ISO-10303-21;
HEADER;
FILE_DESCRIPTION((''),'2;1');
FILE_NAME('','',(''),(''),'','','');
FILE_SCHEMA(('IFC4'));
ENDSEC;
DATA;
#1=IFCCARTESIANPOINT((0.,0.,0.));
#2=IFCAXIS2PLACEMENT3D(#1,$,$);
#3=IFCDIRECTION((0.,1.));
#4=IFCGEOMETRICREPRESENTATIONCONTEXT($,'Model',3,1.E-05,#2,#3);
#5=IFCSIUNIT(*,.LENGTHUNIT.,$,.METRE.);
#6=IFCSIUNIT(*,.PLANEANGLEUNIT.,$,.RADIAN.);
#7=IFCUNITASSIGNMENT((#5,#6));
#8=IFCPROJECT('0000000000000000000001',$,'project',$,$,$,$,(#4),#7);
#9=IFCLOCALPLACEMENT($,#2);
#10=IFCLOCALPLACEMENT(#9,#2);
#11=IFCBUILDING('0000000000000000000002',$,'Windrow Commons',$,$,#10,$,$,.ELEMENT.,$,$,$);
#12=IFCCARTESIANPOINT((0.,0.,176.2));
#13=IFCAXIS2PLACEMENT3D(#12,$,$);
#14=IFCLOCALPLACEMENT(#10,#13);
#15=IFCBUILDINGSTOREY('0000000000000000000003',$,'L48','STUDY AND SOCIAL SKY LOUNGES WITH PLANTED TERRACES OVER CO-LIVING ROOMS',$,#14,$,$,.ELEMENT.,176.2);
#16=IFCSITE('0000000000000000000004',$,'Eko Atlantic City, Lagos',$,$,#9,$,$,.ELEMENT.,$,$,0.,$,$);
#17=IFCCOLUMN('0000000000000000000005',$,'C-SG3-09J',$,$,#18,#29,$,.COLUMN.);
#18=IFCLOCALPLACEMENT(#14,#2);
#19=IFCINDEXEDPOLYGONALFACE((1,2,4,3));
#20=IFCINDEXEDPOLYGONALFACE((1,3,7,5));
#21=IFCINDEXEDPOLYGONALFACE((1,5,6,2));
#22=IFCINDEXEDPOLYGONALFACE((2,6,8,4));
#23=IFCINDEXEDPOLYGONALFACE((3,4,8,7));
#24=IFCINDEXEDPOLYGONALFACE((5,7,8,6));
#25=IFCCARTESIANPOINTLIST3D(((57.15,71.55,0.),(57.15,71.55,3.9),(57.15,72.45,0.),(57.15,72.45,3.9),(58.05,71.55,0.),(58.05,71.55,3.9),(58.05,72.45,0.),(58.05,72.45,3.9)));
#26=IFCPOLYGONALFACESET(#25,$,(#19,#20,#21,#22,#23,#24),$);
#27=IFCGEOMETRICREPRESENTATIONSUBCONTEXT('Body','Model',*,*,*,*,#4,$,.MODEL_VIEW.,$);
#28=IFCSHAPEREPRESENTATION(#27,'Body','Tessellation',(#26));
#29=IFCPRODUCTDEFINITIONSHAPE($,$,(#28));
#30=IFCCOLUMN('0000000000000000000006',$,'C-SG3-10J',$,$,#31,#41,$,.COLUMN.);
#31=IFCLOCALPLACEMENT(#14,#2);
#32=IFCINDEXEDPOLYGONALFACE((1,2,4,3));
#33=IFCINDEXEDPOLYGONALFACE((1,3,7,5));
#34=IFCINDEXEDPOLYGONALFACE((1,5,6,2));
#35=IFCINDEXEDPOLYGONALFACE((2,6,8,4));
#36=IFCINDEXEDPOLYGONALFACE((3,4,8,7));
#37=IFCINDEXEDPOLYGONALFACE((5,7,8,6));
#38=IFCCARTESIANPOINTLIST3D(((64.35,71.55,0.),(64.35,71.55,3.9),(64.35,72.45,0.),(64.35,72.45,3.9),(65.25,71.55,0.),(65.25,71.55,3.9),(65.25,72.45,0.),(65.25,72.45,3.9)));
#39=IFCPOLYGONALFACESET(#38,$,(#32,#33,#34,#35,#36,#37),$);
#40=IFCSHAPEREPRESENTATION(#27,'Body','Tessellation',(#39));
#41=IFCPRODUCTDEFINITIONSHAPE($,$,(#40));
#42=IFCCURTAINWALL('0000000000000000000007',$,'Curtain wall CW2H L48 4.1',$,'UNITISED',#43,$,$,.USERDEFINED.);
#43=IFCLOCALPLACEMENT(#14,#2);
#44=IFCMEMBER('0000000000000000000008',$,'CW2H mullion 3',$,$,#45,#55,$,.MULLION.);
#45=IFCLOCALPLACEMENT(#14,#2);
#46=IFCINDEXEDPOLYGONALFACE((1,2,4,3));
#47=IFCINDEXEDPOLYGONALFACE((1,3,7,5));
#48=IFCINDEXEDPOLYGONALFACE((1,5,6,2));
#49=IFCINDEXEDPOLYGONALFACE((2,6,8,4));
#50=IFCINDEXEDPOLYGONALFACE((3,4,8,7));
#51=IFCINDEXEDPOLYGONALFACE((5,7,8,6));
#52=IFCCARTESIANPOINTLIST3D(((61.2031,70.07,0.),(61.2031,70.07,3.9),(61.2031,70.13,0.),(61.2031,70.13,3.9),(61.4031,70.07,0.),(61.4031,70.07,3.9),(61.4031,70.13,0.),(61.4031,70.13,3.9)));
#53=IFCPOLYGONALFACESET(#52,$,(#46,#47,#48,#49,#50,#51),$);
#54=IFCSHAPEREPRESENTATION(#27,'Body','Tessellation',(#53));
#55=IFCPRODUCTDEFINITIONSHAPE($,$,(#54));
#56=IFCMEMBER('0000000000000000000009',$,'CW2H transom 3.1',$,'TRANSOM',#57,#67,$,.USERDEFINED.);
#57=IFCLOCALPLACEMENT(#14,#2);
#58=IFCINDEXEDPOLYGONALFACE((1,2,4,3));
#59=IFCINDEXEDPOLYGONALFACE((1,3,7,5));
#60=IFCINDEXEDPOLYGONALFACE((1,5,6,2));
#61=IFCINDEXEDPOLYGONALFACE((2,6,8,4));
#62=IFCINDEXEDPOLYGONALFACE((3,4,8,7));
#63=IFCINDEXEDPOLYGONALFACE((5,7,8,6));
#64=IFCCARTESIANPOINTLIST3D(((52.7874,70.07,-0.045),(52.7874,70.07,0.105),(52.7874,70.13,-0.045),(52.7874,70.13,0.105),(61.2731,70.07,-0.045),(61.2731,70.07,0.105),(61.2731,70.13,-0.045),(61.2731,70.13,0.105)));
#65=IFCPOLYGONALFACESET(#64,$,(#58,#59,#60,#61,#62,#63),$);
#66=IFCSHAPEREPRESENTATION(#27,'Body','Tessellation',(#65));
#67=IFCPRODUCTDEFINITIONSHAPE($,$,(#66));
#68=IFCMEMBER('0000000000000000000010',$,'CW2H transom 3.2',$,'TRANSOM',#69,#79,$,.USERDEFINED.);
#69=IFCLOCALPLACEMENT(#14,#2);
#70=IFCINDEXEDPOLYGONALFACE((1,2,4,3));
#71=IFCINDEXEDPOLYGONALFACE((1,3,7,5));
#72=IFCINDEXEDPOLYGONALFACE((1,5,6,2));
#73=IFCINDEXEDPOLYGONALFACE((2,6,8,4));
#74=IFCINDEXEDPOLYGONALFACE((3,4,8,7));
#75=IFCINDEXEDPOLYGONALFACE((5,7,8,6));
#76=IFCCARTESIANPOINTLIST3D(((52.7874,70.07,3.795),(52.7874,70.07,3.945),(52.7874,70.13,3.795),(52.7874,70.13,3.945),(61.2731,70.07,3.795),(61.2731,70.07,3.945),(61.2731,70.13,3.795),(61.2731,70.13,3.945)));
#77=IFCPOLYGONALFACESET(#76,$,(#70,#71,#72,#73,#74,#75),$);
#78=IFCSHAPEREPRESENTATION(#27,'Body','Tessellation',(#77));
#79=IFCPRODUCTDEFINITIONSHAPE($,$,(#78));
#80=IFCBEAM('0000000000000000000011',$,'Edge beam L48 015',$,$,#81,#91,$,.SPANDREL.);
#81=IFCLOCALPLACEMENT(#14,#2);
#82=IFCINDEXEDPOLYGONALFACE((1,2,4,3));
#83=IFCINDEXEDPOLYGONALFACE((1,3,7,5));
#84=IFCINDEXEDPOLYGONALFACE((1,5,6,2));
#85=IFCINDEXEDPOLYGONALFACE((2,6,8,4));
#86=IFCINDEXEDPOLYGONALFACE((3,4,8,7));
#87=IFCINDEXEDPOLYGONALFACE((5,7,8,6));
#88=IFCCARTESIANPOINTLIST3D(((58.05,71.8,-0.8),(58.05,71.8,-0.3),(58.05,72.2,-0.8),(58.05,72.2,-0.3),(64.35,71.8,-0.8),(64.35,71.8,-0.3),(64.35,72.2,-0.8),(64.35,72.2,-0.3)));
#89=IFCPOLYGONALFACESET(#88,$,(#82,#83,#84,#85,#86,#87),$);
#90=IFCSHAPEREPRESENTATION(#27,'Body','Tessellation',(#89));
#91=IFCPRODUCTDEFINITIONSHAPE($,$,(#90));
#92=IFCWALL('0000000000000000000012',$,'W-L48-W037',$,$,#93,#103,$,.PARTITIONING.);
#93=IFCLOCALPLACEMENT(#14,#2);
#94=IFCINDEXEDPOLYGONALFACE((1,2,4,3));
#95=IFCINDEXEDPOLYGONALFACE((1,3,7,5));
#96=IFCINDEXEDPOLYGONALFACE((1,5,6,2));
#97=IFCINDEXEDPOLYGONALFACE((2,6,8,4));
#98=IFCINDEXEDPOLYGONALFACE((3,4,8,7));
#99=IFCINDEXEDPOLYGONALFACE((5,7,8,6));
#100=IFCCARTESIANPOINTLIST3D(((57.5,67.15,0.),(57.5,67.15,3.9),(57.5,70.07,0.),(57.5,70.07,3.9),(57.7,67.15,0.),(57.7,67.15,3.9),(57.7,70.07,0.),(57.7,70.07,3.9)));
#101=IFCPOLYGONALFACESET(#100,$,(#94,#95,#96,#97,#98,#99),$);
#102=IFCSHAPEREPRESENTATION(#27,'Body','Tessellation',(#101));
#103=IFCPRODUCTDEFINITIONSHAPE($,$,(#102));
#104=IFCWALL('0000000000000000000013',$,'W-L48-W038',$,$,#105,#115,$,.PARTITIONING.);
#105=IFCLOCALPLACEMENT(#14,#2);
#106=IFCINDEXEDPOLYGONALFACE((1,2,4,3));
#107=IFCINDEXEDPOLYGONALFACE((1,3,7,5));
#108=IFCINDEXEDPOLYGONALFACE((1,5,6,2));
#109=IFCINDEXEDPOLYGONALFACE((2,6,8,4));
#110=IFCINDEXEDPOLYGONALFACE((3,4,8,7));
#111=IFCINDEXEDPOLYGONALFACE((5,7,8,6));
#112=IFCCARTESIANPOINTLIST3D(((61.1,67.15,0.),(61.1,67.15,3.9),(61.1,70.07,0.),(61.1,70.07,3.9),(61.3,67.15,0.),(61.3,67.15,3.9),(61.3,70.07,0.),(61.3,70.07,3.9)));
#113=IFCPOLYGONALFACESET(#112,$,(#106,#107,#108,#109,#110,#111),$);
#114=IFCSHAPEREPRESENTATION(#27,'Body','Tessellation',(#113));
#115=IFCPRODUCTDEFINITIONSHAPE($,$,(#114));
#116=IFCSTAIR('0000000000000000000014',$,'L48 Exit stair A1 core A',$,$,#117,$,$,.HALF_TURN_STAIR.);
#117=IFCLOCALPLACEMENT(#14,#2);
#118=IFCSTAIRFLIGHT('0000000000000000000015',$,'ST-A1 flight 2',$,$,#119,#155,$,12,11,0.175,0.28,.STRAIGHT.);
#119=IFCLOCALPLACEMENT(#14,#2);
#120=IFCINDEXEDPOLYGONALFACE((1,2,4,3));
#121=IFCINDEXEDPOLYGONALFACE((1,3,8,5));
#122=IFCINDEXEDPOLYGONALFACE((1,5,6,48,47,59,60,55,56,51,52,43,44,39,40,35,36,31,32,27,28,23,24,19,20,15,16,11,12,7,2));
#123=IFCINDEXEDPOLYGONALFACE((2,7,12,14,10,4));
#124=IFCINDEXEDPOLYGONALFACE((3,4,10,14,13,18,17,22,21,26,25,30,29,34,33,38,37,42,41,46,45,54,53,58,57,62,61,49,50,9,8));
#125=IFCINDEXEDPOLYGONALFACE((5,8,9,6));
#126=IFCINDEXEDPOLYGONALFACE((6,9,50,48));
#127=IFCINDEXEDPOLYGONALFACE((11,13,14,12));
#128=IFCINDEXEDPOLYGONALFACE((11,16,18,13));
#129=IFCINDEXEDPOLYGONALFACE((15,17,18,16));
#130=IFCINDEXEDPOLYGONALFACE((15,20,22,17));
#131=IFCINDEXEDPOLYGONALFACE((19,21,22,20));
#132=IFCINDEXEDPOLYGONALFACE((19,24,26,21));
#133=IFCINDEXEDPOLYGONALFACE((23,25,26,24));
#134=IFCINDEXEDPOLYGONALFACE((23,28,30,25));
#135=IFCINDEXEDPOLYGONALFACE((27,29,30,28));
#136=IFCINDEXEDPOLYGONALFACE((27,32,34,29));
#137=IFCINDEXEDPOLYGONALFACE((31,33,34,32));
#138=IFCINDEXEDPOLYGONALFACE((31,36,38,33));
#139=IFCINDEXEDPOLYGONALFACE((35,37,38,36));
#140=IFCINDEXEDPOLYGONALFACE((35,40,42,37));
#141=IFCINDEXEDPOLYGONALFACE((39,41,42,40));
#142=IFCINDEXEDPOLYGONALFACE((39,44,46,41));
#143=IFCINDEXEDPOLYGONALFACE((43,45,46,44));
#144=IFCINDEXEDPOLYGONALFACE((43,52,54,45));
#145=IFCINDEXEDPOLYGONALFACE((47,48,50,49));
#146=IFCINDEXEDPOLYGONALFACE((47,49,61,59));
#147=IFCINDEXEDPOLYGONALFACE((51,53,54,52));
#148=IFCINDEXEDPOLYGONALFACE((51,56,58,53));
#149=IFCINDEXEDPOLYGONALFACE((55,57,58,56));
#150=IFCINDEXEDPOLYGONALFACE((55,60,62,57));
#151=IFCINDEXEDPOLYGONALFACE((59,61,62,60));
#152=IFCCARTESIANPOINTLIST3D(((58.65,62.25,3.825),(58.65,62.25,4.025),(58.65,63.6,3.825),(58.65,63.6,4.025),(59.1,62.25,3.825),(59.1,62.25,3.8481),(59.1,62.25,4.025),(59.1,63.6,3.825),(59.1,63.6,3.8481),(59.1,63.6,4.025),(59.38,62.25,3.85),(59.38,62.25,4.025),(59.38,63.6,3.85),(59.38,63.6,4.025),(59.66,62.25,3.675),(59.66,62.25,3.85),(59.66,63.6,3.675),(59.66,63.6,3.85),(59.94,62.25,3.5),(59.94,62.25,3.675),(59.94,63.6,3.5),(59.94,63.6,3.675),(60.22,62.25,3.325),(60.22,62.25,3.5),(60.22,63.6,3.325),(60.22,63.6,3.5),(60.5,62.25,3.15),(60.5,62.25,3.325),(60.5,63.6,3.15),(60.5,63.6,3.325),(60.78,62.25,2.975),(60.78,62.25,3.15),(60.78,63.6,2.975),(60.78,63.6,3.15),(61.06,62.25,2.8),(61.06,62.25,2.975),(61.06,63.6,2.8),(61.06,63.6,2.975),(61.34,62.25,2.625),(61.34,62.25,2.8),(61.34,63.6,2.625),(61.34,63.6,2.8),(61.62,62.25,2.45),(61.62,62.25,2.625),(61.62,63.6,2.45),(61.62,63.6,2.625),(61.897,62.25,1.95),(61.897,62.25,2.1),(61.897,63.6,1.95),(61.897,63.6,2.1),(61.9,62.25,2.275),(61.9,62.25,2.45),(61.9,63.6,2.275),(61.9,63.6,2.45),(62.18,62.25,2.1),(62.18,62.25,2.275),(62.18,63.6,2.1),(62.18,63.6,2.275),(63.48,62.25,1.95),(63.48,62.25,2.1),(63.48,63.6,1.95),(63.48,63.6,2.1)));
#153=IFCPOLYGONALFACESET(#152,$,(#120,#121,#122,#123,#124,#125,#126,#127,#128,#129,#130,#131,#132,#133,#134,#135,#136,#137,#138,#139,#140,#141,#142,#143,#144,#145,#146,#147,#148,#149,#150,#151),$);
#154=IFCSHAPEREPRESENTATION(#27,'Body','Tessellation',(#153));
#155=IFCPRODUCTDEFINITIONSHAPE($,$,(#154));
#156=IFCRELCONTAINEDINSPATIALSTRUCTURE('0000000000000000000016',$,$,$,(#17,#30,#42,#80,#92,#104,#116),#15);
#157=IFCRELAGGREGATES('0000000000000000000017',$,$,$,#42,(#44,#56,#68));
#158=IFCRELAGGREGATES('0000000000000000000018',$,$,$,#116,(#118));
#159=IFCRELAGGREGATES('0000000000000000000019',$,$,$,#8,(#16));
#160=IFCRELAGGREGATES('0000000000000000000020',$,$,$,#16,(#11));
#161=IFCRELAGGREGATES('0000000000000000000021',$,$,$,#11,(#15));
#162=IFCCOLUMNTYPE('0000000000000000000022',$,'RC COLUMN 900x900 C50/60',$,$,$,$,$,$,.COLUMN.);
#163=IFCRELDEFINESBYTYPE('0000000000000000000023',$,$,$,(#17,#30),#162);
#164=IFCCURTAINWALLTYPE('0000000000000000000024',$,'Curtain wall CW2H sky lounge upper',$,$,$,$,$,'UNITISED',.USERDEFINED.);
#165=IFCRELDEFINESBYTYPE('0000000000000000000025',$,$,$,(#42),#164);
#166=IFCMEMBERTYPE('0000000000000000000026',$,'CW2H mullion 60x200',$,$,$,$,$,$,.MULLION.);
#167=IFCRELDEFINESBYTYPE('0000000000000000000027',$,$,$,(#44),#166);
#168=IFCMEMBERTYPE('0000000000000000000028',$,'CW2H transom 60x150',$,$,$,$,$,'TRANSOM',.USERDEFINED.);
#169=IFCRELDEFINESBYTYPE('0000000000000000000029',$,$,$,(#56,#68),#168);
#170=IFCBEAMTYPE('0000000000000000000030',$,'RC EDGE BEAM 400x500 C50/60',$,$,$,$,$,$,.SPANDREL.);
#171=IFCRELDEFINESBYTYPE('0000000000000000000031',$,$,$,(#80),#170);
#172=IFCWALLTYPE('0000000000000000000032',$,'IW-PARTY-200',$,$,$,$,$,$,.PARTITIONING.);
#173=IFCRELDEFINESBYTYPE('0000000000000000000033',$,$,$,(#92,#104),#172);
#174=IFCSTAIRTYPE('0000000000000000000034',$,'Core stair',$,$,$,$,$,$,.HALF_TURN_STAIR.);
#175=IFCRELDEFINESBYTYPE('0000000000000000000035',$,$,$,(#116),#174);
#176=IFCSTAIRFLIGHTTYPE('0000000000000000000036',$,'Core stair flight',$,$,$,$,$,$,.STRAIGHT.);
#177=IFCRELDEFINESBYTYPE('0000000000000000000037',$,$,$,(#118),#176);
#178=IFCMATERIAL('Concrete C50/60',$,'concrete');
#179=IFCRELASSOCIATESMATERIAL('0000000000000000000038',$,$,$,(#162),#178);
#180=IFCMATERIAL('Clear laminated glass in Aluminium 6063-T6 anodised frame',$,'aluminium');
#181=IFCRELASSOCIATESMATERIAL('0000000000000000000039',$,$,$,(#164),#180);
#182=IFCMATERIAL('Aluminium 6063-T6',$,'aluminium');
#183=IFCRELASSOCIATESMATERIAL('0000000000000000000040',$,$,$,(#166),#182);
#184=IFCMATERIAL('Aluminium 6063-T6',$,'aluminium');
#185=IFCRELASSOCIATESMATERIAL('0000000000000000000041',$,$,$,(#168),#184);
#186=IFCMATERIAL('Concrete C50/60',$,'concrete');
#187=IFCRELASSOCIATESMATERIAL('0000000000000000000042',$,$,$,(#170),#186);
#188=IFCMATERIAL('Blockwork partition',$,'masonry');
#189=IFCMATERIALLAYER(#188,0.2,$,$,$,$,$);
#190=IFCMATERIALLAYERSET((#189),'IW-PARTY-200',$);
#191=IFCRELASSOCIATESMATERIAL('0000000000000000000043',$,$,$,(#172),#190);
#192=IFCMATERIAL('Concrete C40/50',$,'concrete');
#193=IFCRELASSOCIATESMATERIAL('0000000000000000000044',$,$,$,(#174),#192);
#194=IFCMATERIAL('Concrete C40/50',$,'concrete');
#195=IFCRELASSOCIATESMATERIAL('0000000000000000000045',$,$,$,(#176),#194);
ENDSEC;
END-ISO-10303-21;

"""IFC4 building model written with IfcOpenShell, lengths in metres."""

from ifc_helpers import new_model, si_unit, direction, frame, frame_2d, origin, origin_2d, place, context, subcontext, project, spatial, polyline, rectangle, outline, extrude, material, layer, layer_set, material_profile, profile_set, type_object, element, aggregate, save


model = new_model("IFC4")

# Units and contexts
model_context = context("Model", 3, precision=1e-05, world=origin(), true_north=direction((0.0, 1.0)))
body_context = subcontext(model_context, "Body", "Model", "MODEL_VIEW")
ifc_project = project(units=[si_unit("LENGTHUNIT", "METRE"), si_unit("PLANEANGLEUNIT", "RADIAN")], contexts=[model_context])

# Site, building, storey
site_placement = place(None, origin())
site = spatial("IfcSite", under=ifc_project, at=site_placement, Name="Eko Atlantic City, Lagos", CompositionType="ELEMENT", RefElevation=0.0)
building_placement = place(site_placement, origin())
building = spatial("IfcBuilding", under=site, at=building_placement, Name="Windrow Commons", CompositionType="ELEMENT")
storey_placement = place(building_placement, frame((0.0, 0.0, 176.2)))
storey = spatial("IfcBuildingStorey", under=building, at=storey_placement, Name="L48", Description="STUDY AND SOCIAL SKY LOUNGES WITH PLANTED TERRACES OVER CO-LIVING ROOMS", CompositionType="ELEMENT", Elevation=176.2)

# Columns
ifc_material_1 = material(Name="Concrete C50/60", Category="concrete")
ifc_material_profile_1 = material_profile(ifc_material_1, rectangle(XDim=0.9, YDim=0.9, at=origin_2d()))
ifc_profile_set_1 = profile_set([ifc_material_profile_1], Name="Concrete C50/60")
column_type = type_object("IfcColumnType", Name="RC COLUMN 900x900 C50/60", PredefinedType="COLUMN", material=ifc_profile_set_1)
for number, where, z_axis, x_axis, name in (
    (1, (57.6, 72.0, 0.0), (0.0, 0.0, 1.0), (1.0, 0.0, 0.0), "C-SG3-09J"),
    (2, (64.8, 72.0, 0.0), (0.0, 0.0, 1.0), (1.0, 0.0, 0.0), "C-SG3-10J"),
):
    element("IfcColumn", number, at=place(storey_placement, frame(where, z_axis=z_axis, x_axis=x_axis)), inside=storey, type_object=column_type, Name=name, PredefinedType="COLUMN", context=body_context, shape_type="SweptSolid", body=[
        extrude(rectangle(XDim=0.9, YDim=0.9, at=origin_2d()), origin(), (0.0, 0.0, 1.0), 3.9),
    ])

# Curtain wall, members
ifc_material_2 = material(Name="Clear laminated glass in Aluminium 6063-T6 anodised frame", Category="aluminium")
curtain_wall_type = type_object("IfcCurtainWallType", Name="Curtain wall CW2H sky lounge upper", ElementType="UNITISED", PredefinedType="USERDEFINED", material=ifc_material_2)
placement = place(storey_placement, origin())
curtain_wall = element("IfcCurtainWall", 3, at=placement, inside=storey, type_object=curtain_wall_type, Name="Curtain wall CW2H L48 4.1", ObjectType="UNITISED", PredefinedType="USERDEFINED")
ifc_material_3 = material(Name="Aluminium 6063-T6", Category="aluminium")
ifc_material_profile_2 = material_profile(ifc_material_3, rectangle(XDim=0.06, YDim=0.2, at=origin_2d()))
ifc_profile_set_2 = profile_set([ifc_material_profile_2], Name="Aluminium 6063-T6")
member_type_1 = type_object("IfcMemberType", Name="CW2H mullion 60x200", PredefinedType="MULLION", material=ifc_profile_set_2)
member_1_placement = place(storey_placement, frame((61.3031, 70.1, 0.0), z_axis=(0.0, 0.0, 1.0), x_axis=(0.0, -1.0, 0.0)))
member_1 = element("IfcMember", 4, at=member_1_placement, type_object=member_type_1, Name="CW2H mullion 3", PredefinedType="MULLION", context=body_context, shape_type="SweptSolid", body=[
    extrude(rectangle(XDim=0.06, YDim=0.2, at=origin_2d()), origin(), (0.0, 0.0, 1.0), 3.9),
])
ifc_material_4 = material(Name="Aluminium 6063-T6", Category="aluminium")
ifc_material_profile_3 = material_profile(ifc_material_4, rectangle(XDim=0.06, YDim=0.15, at=origin_2d()))
ifc_profile_set_3 = profile_set([ifc_material_profile_3], Name="Aluminium 6063-T6")
member_type_2 = type_object("IfcMemberType", Name="CW2H transom 60x150", ElementType="TRANSOM", PredefinedType="USERDEFINED", material=ifc_profile_set_3)
member_2_placement = place(storey_placement, frame((61.2731, 70.1, 0.03), z_axis=(-1.0, 0.0, 0.0), x_axis=(0.0, -1.0, 0.0)))
member_2 = element("IfcMember", 5, at=member_2_placement, type_object=member_type_2, Name="CW2H transom 3.1", ObjectType="TRANSOM", PredefinedType="USERDEFINED", context=body_context, shape_type="SweptSolid", body=[
    extrude(rectangle(XDim=0.06, YDim=0.15, at=origin_2d()), origin(), (0.0, 0.0, 1.0), 8.4857),
])
member_3_placement = place(storey_placement, frame((61.2731, 70.1, 3.87), z_axis=(-1.0, 0.0, 0.0), x_axis=(0.0, -1.0, 0.0)))
member_3 = element("IfcMember", 6, at=member_3_placement, type_object=member_type_2, Name="CW2H transom 3.2", ObjectType="TRANSOM", PredefinedType="USERDEFINED", context=body_context, shape_type="SweptSolid", body=[
    extrude(rectangle(XDim=0.06, YDim=0.15, at=origin_2d()), origin(), (0.0, 0.0, 1.0), 8.4857),
])
aggregate(curtain_wall, [member_1, member_2, member_3])

# Beam
ifc_material_5 = material(Name="Concrete C50/60", Category="concrete")
ifc_material_profile_4 = material_profile(ifc_material_5, rectangle(XDim=0.4, YDim=0.5, at=origin_2d()))
ifc_profile_set_4 = profile_set([ifc_material_profile_4], Name="Concrete C50/60")
beam_type = type_object("IfcBeamType", Name="RC EDGE BEAM 400x500 C50/60", PredefinedType="SPANDREL", material=ifc_profile_set_4)
beam_placement = place(storey_placement, frame((58.05, 72.0, -0.55), z_axis=(1.0, 0.0, 0.0), x_axis=(0.0, 1.0, 0.0)))
element("IfcBeam", 7, at=beam_placement, inside=storey, type_object=beam_type, Name="Edge beam L48 015", PredefinedType="SPANDREL", context=body_context, shape_type="SweptSolid", body=[
    extrude(rectangle(XDim=0.4, YDim=0.5, at=origin_2d()), origin(), (0.0, 0.0, 1.0), 6.3),
])

# Walls
ifc_material_6 = material(Name="Blockwork partition", Category="masonry")
ifc_layer = layer(ifc_material_6, 0.2)
ifc_layer_set = layer_set([ifc_layer], Name="IW-PARTY-200")
wall_type = type_object("IfcWallType", Name="IW-PARTY-200", PredefinedType="PARTITIONING", material=ifc_layer_set)
for number, where, z_axis, x_axis, name in (
    (8, (57.6, 67.15, 0.0), (0.0, 0.0, 1.0), (0.0, 1.0, 0.0), "W-L48-W037"),
    (9, (61.2, 67.15, 0.0), (0.0, 0.0, 1.0), (0.0, 1.0, 0.0), "W-L48-W038"),
):
    element("IfcWall", number, at=place(storey_placement, frame(where, z_axis=z_axis, x_axis=x_axis)), inside=storey, type_object=wall_type, Name=name, PredefinedType="PARTITIONING", context=body_context, shape_type="SweptSolid", body=[
        extrude(rectangle(XDim=2.92, YDim=0.2, at=frame_2d((1.46, 0.0))), origin(), (0.0, 0.0, 1.0), 3.9),
    ])

# Stair, stair flight
ifc_material_7 = material(Name="Concrete C40/50", Category="concrete")
stair_type = type_object("IfcStairType", Name="Core stair", PredefinedType="HALF_TURN_STAIR", material=ifc_material_7)
stair = element("IfcStair", 10, at=placement, inside=storey, type_object=stair_type, Name="L48 Exit stair A1 core A", PredefinedType="HALF_TURN_STAIR")
ifc_material_8 = material(Name="Concrete C40/50", Category="concrete")
stair_flight_type = type_object("IfcStairFlightType", Name="Core stair flight", PredefinedType="STRAIGHT", material=ifc_material_8)
stair_flight_placement = place(storey_placement, frame((62.18, 62.925, 2.1), z_axis=(0.0, 0.0, 1.0), x_axis=(-1.0, 0.0, 0.0)))
stair_flight = element("IfcStairFlight", 11, at=stair_flight_placement, type_object=stair_flight_type, Name="ST-A1 flight 2", NumberOfRisers=12, NumberOfTreads=11, PredefinedType="STRAIGHT", RiserHeight=0.175, TreadLength=0.28, context=body_context, shape_type="SweptSolid", body=[
    extrude(outline(polyline([(-1.3, -0.15), (-1.3, 0.0), (0.0, 0.0), (0.0, 0.175), (0.28, 0.175), (0.28, 0.35), (0.56, 0.35), (0.56, 0.525), (0.84, 0.525), (0.84, 0.7), (1.12, 0.7), (1.12, 0.875), (1.4, 0.875), (1.4, 1.05), (1.68, 1.05), (1.68, 1.225), (1.96, 1.225), (1.96, 1.4), (2.24, 1.4), (2.24, 1.575), (2.52, 1.575), (2.52, 1.75), (2.8, 1.75), (2.8, 1.925), (3.08, 1.925), (3.53, 1.925), (3.53, 1.725), (3.08, 1.725), (3.08, 1.7481), (0.283, 0.0), (0.283, -0.15), (-1.3, -0.15)])), frame((0.0, 0.675, 0.0), z_axis=(0.0, -1.0, 0.0), x_axis=(1.0, 0.0, 0.0)), (0.0, 0.0, 1.0), 1.35),
])
aggregate(stair, [stair_flight])

save(model, "model.ifc")
